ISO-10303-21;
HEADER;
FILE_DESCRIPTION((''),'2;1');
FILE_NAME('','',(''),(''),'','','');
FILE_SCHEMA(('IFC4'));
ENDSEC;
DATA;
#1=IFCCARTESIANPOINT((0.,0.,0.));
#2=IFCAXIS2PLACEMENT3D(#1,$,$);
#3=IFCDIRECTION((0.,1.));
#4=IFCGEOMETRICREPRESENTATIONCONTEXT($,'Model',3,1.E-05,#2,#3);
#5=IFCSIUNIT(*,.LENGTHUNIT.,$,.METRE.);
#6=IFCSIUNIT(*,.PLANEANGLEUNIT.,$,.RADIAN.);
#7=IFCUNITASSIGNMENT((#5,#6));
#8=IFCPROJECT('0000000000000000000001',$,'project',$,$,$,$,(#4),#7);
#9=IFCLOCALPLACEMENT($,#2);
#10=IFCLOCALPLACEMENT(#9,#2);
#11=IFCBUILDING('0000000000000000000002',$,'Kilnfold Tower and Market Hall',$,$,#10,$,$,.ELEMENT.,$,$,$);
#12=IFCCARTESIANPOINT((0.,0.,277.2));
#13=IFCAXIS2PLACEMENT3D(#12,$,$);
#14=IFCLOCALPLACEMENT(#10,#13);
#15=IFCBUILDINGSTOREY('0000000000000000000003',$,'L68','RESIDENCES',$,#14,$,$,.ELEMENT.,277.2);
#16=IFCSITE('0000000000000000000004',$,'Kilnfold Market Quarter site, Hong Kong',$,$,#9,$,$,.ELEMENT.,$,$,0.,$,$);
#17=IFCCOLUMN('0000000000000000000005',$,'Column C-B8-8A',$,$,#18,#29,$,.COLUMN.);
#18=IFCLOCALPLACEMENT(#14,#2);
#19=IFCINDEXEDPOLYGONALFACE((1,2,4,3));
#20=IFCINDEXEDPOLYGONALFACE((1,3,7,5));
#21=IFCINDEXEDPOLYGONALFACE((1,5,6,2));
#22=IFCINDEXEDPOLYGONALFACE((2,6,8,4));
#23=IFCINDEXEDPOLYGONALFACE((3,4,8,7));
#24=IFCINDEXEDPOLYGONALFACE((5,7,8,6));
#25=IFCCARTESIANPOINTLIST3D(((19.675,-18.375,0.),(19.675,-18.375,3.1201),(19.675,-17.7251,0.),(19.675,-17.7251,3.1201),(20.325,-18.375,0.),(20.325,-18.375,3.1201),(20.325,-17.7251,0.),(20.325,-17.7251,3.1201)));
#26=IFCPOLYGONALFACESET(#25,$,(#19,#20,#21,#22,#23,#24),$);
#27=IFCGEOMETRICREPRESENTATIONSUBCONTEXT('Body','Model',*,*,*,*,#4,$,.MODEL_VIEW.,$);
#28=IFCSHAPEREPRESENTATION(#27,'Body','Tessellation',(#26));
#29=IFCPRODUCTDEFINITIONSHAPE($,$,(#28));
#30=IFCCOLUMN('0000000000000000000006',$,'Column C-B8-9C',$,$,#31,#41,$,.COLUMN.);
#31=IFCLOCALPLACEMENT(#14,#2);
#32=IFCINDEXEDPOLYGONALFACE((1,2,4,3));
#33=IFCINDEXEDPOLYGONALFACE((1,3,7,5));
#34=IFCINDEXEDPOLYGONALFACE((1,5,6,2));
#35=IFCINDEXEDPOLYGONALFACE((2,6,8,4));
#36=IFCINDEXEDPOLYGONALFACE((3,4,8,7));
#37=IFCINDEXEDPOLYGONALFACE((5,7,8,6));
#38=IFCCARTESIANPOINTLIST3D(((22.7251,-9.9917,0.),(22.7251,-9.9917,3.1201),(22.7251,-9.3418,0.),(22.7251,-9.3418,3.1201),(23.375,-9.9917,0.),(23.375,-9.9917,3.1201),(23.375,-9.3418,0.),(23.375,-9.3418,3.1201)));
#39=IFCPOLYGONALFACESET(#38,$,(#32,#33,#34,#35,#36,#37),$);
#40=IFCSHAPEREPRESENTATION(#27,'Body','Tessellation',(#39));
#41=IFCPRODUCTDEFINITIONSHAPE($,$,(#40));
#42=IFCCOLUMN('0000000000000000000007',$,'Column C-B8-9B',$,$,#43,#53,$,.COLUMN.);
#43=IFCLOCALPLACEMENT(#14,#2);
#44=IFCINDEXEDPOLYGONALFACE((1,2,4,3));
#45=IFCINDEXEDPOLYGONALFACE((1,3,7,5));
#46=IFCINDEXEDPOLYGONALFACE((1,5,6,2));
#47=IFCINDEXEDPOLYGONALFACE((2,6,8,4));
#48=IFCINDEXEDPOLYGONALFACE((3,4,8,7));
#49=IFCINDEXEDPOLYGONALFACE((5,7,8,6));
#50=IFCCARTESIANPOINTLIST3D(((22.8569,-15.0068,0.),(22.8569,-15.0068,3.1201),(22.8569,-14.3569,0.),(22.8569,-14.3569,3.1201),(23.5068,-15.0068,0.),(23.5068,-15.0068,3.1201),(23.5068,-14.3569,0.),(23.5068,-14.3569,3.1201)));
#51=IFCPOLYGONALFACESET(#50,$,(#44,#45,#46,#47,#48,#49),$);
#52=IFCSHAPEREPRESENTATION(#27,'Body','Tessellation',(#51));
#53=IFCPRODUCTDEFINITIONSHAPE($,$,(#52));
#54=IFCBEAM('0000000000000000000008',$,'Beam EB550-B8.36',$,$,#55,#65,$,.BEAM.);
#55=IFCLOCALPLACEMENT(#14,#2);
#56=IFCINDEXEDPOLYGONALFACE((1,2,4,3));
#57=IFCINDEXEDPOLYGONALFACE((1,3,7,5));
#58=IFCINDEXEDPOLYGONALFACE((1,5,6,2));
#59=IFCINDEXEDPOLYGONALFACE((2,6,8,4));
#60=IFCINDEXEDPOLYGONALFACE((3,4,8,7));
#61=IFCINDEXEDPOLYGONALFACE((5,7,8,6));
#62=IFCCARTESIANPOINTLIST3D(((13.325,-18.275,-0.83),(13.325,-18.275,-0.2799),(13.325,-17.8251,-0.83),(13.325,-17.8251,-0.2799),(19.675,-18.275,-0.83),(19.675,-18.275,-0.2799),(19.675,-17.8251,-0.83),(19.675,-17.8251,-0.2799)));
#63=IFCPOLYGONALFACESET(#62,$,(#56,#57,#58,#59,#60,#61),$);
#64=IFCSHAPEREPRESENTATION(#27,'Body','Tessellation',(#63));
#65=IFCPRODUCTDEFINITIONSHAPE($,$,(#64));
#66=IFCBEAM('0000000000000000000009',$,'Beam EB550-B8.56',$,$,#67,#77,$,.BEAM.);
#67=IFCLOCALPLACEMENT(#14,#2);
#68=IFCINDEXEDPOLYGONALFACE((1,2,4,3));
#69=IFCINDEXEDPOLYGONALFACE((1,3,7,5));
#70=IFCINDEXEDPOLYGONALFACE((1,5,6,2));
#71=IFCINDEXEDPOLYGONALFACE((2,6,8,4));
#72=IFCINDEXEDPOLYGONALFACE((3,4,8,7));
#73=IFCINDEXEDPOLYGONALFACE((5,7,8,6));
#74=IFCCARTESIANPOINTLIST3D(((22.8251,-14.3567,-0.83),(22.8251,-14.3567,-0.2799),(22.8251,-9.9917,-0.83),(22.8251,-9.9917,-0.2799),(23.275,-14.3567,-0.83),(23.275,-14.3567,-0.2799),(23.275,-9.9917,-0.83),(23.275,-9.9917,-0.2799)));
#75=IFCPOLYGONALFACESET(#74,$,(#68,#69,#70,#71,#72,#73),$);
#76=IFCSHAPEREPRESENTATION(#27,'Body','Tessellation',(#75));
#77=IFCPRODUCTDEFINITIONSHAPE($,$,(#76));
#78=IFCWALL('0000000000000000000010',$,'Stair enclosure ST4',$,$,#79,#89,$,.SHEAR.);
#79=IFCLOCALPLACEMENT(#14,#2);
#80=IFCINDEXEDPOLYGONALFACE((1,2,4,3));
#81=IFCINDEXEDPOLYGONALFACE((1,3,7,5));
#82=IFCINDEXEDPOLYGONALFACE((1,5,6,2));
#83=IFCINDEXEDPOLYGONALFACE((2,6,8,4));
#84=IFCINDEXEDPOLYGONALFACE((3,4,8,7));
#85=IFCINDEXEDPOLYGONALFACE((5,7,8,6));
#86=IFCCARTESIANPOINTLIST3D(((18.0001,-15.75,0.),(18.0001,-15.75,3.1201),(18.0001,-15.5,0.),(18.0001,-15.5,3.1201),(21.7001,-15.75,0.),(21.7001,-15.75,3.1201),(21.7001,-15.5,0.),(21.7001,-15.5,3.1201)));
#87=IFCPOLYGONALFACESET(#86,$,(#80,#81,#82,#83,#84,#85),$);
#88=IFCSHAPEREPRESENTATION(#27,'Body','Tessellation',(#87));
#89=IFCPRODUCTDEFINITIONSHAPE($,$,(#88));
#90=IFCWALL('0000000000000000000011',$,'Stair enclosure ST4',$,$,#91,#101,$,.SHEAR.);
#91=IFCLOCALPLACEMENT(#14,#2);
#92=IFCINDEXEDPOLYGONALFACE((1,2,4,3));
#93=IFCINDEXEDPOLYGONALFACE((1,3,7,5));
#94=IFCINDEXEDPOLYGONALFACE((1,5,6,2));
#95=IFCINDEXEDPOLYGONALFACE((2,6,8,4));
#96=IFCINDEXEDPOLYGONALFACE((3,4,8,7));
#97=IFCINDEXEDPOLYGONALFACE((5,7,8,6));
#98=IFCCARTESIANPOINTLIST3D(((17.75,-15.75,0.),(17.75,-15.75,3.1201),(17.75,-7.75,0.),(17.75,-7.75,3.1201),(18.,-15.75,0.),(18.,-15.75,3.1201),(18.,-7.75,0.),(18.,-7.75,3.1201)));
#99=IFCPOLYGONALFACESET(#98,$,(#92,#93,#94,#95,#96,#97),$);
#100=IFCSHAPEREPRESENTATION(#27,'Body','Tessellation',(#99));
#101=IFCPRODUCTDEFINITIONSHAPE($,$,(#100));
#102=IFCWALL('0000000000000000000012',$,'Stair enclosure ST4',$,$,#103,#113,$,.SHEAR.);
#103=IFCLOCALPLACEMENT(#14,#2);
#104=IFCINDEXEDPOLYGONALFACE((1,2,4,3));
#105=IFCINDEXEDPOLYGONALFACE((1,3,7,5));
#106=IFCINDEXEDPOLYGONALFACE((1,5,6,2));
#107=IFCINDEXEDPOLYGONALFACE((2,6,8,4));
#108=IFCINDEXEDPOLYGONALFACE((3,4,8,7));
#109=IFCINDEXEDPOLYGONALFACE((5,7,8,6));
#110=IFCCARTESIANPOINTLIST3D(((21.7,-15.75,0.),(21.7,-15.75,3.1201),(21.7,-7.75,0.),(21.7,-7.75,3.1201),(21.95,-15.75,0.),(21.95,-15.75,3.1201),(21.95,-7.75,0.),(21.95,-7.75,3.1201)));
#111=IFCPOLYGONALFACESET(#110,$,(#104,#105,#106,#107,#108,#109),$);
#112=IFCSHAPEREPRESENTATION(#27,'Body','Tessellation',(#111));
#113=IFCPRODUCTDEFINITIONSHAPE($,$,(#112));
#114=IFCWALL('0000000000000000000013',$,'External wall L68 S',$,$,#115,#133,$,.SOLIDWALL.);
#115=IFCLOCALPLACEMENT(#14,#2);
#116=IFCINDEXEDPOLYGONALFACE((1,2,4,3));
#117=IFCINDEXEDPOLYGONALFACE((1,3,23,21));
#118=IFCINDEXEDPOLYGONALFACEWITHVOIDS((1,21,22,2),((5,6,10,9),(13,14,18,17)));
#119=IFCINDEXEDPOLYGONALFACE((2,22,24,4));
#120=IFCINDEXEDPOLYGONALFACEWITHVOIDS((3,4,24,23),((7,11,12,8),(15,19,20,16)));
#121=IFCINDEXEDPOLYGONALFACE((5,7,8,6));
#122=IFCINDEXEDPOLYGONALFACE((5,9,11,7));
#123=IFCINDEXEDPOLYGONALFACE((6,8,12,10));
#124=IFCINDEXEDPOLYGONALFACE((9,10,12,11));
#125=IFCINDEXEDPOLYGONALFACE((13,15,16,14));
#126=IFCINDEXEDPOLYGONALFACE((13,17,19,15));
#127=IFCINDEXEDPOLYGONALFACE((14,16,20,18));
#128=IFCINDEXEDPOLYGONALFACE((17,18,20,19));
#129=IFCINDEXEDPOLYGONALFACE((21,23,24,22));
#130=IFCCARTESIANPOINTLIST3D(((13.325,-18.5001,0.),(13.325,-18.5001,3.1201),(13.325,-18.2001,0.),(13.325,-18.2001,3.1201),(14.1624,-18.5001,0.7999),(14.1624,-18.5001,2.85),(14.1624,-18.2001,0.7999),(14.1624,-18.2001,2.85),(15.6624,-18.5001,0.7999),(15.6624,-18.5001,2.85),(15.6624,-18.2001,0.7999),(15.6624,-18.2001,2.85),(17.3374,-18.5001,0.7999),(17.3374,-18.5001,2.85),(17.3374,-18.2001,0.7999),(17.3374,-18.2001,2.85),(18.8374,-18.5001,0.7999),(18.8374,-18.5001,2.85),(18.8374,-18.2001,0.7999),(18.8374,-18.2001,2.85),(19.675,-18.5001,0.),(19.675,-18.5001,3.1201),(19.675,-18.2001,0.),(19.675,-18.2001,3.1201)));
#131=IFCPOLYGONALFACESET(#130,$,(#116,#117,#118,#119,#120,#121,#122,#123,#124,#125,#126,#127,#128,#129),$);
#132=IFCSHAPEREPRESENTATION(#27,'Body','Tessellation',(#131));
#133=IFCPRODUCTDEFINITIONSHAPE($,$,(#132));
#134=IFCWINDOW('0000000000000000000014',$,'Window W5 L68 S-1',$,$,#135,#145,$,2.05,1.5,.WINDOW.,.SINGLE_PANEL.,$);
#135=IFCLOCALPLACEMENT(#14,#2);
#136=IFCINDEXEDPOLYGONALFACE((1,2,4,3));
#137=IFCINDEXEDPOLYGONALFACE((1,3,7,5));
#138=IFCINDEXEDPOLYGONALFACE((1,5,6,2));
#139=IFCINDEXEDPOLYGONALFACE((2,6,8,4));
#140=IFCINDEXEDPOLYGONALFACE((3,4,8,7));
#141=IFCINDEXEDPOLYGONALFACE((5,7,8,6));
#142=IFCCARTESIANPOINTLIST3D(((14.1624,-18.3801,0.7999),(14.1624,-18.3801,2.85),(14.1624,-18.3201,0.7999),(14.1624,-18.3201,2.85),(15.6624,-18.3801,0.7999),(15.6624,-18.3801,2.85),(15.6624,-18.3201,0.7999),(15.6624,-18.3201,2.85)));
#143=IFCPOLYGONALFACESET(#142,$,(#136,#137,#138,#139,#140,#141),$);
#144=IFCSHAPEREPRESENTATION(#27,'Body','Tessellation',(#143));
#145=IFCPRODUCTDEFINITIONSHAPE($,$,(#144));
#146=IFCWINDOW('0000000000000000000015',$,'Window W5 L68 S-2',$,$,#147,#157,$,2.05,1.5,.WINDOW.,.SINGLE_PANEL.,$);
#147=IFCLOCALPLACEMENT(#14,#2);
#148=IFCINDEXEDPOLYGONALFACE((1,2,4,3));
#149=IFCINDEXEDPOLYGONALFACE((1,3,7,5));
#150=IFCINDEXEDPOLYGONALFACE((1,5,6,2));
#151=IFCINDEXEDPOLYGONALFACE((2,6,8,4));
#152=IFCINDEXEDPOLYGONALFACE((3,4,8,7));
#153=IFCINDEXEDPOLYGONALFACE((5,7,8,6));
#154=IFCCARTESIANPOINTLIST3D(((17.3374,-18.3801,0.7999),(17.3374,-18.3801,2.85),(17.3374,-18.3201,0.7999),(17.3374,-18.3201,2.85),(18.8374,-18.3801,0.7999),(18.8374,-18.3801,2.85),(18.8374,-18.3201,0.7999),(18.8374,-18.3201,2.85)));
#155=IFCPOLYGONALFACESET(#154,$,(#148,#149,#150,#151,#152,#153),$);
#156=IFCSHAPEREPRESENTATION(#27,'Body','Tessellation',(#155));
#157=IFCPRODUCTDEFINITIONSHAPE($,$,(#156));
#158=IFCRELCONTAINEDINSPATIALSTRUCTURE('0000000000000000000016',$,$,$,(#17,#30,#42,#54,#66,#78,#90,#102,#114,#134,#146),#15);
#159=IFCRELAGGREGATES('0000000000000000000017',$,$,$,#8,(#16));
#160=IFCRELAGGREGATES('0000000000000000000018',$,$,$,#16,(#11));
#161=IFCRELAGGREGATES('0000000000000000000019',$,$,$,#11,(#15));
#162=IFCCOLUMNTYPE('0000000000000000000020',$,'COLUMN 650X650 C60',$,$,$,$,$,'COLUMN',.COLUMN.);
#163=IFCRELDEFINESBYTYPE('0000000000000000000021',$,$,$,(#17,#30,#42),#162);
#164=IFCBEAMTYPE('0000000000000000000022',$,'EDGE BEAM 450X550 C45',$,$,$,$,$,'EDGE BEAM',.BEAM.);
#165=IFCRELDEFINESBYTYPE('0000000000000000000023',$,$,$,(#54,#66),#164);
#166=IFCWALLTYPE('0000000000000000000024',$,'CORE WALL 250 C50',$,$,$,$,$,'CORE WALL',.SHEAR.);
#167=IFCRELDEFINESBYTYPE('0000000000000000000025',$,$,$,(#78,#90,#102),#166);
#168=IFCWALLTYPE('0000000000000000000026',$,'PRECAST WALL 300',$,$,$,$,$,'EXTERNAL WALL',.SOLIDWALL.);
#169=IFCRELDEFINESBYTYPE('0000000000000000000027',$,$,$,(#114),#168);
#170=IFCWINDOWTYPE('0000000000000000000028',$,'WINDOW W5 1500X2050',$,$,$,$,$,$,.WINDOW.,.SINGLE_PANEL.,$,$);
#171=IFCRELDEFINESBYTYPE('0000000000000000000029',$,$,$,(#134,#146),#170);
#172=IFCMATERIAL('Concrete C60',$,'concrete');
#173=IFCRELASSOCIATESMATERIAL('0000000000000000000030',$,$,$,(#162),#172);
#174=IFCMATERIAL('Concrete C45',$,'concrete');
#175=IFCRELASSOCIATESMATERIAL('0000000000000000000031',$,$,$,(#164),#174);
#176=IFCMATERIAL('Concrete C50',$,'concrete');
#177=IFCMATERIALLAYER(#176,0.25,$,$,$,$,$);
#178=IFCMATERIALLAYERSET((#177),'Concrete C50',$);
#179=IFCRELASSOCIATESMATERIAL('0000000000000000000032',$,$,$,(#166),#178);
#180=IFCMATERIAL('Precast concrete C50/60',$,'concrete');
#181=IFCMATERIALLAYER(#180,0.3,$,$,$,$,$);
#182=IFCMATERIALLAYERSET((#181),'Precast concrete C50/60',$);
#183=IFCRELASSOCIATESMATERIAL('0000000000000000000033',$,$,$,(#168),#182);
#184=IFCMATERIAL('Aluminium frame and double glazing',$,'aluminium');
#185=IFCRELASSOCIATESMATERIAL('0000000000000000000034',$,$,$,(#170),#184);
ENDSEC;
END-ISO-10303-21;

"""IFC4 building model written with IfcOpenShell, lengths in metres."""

from ifc_helpers import new_model, si_unit, direction, frame, frame_2d, origin, origin_2d, place, context, subcontext, project, spatial, rectangle, extrude, source, transform, mapped, material, layer, layer_set, material_profile, profile_set, type_object, element, fill, save


model = new_model("IFC4")

# Units and contexts
model_context = context("Model", 3, precision=1e-05, world=origin(), true_north=direction((0.0, 1.0)))
body_context = subcontext(model_context, "Body", "Model", "MODEL_VIEW")
ifc_project = project(units=[si_unit("LENGTHUNIT", "METRE"), si_unit("PLANEANGLEUNIT", "RADIAN")], contexts=[model_context])

# Site, building, storey
site_placement = place(None, origin())
site = spatial("IfcSite", under=ifc_project, at=site_placement, Name="Kilnfold Market Quarter site, Hong Kong", CompositionType="ELEMENT", RefElevation=0.0)
building_placement = place(site_placement, origin())
building = spatial("IfcBuilding", under=site, at=building_placement, Name="Kilnfold Tower and Market Hall", CompositionType="ELEMENT")
storey_placement = place(building_placement, frame((0.0, 0.0, 277.2)))
storey = spatial("IfcBuildingStorey", under=building, at=storey_placement, Name="L68", Description="RESIDENCES", CompositionType="ELEMENT", Elevation=277.2)

# Columns
ifc_material_1 = material(Name="Concrete C60", Category="concrete")
ifc_material_profile_1 = material_profile(ifc_material_1, rectangle(XDim=0.6499, YDim=0.6499, at=origin_2d()), Name="RC 650x650")
ifc_profile_set_1 = profile_set([ifc_material_profile_1], Name="Concrete C60")
column_type = type_object("IfcColumnType", Name="COLUMN 650X650 C60", ElementType="COLUMN", PredefinedType="COLUMN", material=ifc_profile_set_1)
shared_shape_1 = source(origin(), body_context, "Body", "SweptSolid", [
    extrude(rectangle(XDim=0.6499, YDim=0.6499, at=origin_2d()), origin(), (0.0, 0.0, 1.0), 3.1201),
])
for number, where, z_axis, x_axis, name in (
    (1, (20.0, -18.05, 0.0), (0.0, 0.0, 1.0), (1.0, 0.0, 0.0), "Column C-B8-8A"),
    (2, (23.05, -9.6667, 0.0), (0.0, 0.0, 1.0), (1.0, 0.0, 0.0), "Column C-B8-9C"),
    (3, (23.1819, -14.6819, 0.0), (0.0, 0.0, 1.0), (1.0, 0.0, 0.0), "Column C-B8-9B"),
):
    element("IfcColumn", number, at=place(storey_placement, frame(where, z_axis=z_axis, x_axis=x_axis)), inside=storey, type_object=column_type, Name=name, PredefinedType="COLUMN", context=body_context, shape_type="MappedRepresentation", body=[
        mapped(shared_shape_1, transform((0.0, 0.0, 0.0))),
    ])

# Beams
ifc_material_2 = material(Name="Concrete C45", Category="concrete")
ifc_material_profile_2 = material_profile(ifc_material_2, rectangle(XDim=0.45, YDim=0.55, at=origin_2d()), Name="RC 450x550")
ifc_profile_set_2 = profile_set([ifc_material_profile_2], Name="Concrete C45")
beam_type = type_object("IfcBeamType", Name="EDGE BEAM 450X550 C45", ElementType="EDGE BEAM", PredefinedType="BEAM", material=ifc_profile_set_2)
shared_shape_2 = source(origin(), body_context, "Body", "SweptSolid", [
    extrude(rectangle(XDim=0.45, YDim=0.55, at=origin_2d()), origin(), (0.0, 0.0, 1.0), 6.3501),
])
beam_1_placement = place(storey_placement, frame((13.325, -18.05, -0.5549), z_axis=(1.0, 0.0, 0.0), x_axis=(0.0, 1.0, 0.0)))
element("IfcBeam", 4, at=beam_1_placement, inside=storey, type_object=beam_type, Name="Beam EB550-B8.36", PredefinedType="BEAM", context=body_context, shape_type="MappedRepresentation", body=[
    mapped(shared_shape_2, transform((0.0, 0.0, 0.0))),
])
shared_shape_3 = source(origin(), body_context, "Body", "SweptSolid", [
    extrude(rectangle(XDim=0.45, YDim=0.55, at=origin_2d()), origin(), (0.0, 0.0, 1.0), 4.365),
])
beam_2_placement = place(storey_placement, frame((23.05, -14.3567, -0.5549), z_axis=(0.0, 1.0, 0.0), x_axis=(-1.0, 0.0, 0.0)))
element("IfcBeam", 5, at=beam_2_placement, inside=storey, type_object=beam_type, Name="Beam EB550-B8.56", PredefinedType="BEAM", context=body_context, shape_type="MappedRepresentation", body=[
    mapped(shared_shape_3, transform((0.0, 0.0, 0.0))),
])

# Walls
ifc_material_3 = material(Name="Concrete C50", Category="concrete")
ifc_layer_1 = layer(ifc_material_3, 0.25)
ifc_layer_set_1 = layer_set([ifc_layer_1], Name="Concrete C50")
wall_type_1 = type_object("IfcWallType", Name="CORE WALL 250 C50", ElementType="CORE WALL", PredefinedType="SHEAR", material=ifc_layer_set_1)
shared_shape_4 = source(origin(), body_context, "Body", "SweptSolid", [
    extrude(rectangle(XDim=3.7, YDim=0.25, at=frame_2d((1.8501, 0.0))), origin(), (0.0, 0.0, 1.0), 3.1201),
])
wall_1_placement = place(storey_placement, frame((18.0, -15.625, 0.0), z_axis=(0.0, 0.0, 1.0), x_axis=(1.0, 0.0, 0.0)))
element("IfcWall", 6, at=wall_1_placement, inside=storey, type_object=wall_type_1, Name="Stair enclosure ST4", PredefinedType="SHEAR", context=body_context, shape_type="MappedRepresentation", body=[
    mapped(shared_shape_4, transform((0.0, 0.0, 0.0))),
])
shared_shape_5 = source(origin(), body_context, "Body", "SweptSolid", [
    extrude(rectangle(XDim=8.0, YDim=0.25, at=frame_2d((4.0, 0.0))), origin(), (0.0, 0.0, 1.0), 3.1201),
])
for number, where, z_axis, x_axis, name in (
    (7, (17.875, -15.75, 0.0), (0.0, 0.0, 1.0), (0.0, 1.0, 0.0), "Stair enclosure ST4"),
    (8, (21.825, -15.75, 0.0), (0.0, 0.0, 1.0), (0.0, 1.0, 0.0), "Stair enclosure ST4"),
):
    element("IfcWall", number, at=place(storey_placement, frame(where, z_axis=z_axis, x_axis=x_axis)), inside=storey, type_object=wall_type_1, Name=name, PredefinedType="SHEAR", context=body_context, shape_type="MappedRepresentation", body=[
        mapped(shared_shape_5, transform((0.0, 0.0, 0.0))),
    ])

# Wall, openings, windows
ifc_material_4 = material(Name="Precast concrete C50/60", Category="concrete")
ifc_layer_2 = layer(ifc_material_4, 0.3)
ifc_layer_set_2 = layer_set([ifc_layer_2], Name="Precast concrete C50/60")
wall_type_2 = type_object("IfcWallType", Name="PRECAST WALL 300", ElementType="EXTERNAL WALL", PredefinedType="SOLIDWALL", material=ifc_layer_set_2)
shared_shape_6 = source(origin(), body_context, "Body", "SweptSolid", [
    extrude(rectangle(XDim=6.3501, YDim=0.3, at=frame_2d((3.175, 0.0))), origin(), (0.0, 0.0, 1.0), 3.1201),
])
wall_2_placement = place(storey_placement, frame((13.325, -18.3501, 0.0), z_axis=(0.0, 0.0, 1.0), x_axis=(1.0, 0.0, 0.0)))
wall_2 = element("IfcWall", 9, at=wall_2_placement, inside=storey, type_object=wall_type_2, Name="External wall L68 S", PredefinedType="SOLIDWALL", context=body_context, shape_type="MappedRepresentation", body=[
    mapped(shared_shape_6, transform((0.0, 0.0, 0.0))),
])
opening_1_placement = place(wall_2_placement, frame((0.8374, 0.0, 0.8)))
opening_1 = element("IfcOpeningElement", 10, at=opening_1_placement, cuts=wall_2, PredefinedType="OPENING", context=body_context, shape_type="SweptSolid", body=[
    extrude(rectangle(XDim=1.5, YDim=2.05, at=frame_2d((0.75, 1.0249))), frame((0.0, 0.1602, 0.0), z_axis=(0.0, -1.0, 0.0), x_axis=(1.0, 0.0, 0.0)), (0.0, 0.0, 1.0), 0.3201),
])
opening_2_placement = place(wall_2_placement, frame((4.0125, 0.0, 0.8)))
opening_2 = element("IfcOpeningElement", 11, at=opening_2_placement, cuts=wall_2, PredefinedType="OPENING", context=body_context, shape_type="SweptSolid", body=[
    extrude(rectangle(XDim=1.5, YDim=2.05, at=frame_2d((0.75, 1.0249))), frame((0.0, 0.1602, 0.0), z_axis=(0.0, -1.0, 0.0), x_axis=(1.0, 0.0, 0.0)), (0.0, 0.0, 1.0), 0.3201),
])
ifc_material_5 = material(Name="Aluminium frame and double glazing", Category="aluminium")
window_type = type_object("IfcWindowType", Name="WINDOW W5 1500X2050", PartitioningType="SINGLE_PANEL", PredefinedType="WINDOW", material=ifc_material_5)
window_1_placement = place(opening_1_placement, origin())
window_1 = element("IfcWindow", 12, at=window_1_placement, inside=storey, type_object=window_type, Name="Window W5 L68 S-1", OverallHeight=2.05, OverallWidth=1.5, PartitioningType="SINGLE_PANEL", PredefinedType="WINDOW", context=body_context, shape_type="SweptSolid", body=[
    extrude(rectangle(XDim=1.5, YDim=2.05, at=frame_2d((0.75, 1.0249))), frame((0.0, 0.03, 0.0), z_axis=(0.0, -1.0, 0.0), x_axis=(1.0, 0.0, 0.0)), (0.0, 0.0, 1.0), 0.0601),
])
fill(opening_1, window_1)
window_2_placement = place(opening_2_placement, origin())
window_2 = element("IfcWindow", 13, at=window_2_placement, inside=storey, type_object=window_type, Name="Window W5 L68 S-2", OverallHeight=2.05, OverallWidth=1.5, PartitioningType="SINGLE_PANEL", PredefinedType="WINDOW", context=body_context, shape_type="SweptSolid", body=[
    extrude(rectangle(XDim=1.5, YDim=2.05, at=frame_2d((0.75, 1.0249))), frame((0.0, 0.03, 0.0), z_axis=(0.0, -1.0, 0.0), x_axis=(1.0, 0.0, 0.0)), (0.0, 0.0, 1.0), 0.0601),
])
fill(opening_2, window_2)

save(model, "model.ifc")
